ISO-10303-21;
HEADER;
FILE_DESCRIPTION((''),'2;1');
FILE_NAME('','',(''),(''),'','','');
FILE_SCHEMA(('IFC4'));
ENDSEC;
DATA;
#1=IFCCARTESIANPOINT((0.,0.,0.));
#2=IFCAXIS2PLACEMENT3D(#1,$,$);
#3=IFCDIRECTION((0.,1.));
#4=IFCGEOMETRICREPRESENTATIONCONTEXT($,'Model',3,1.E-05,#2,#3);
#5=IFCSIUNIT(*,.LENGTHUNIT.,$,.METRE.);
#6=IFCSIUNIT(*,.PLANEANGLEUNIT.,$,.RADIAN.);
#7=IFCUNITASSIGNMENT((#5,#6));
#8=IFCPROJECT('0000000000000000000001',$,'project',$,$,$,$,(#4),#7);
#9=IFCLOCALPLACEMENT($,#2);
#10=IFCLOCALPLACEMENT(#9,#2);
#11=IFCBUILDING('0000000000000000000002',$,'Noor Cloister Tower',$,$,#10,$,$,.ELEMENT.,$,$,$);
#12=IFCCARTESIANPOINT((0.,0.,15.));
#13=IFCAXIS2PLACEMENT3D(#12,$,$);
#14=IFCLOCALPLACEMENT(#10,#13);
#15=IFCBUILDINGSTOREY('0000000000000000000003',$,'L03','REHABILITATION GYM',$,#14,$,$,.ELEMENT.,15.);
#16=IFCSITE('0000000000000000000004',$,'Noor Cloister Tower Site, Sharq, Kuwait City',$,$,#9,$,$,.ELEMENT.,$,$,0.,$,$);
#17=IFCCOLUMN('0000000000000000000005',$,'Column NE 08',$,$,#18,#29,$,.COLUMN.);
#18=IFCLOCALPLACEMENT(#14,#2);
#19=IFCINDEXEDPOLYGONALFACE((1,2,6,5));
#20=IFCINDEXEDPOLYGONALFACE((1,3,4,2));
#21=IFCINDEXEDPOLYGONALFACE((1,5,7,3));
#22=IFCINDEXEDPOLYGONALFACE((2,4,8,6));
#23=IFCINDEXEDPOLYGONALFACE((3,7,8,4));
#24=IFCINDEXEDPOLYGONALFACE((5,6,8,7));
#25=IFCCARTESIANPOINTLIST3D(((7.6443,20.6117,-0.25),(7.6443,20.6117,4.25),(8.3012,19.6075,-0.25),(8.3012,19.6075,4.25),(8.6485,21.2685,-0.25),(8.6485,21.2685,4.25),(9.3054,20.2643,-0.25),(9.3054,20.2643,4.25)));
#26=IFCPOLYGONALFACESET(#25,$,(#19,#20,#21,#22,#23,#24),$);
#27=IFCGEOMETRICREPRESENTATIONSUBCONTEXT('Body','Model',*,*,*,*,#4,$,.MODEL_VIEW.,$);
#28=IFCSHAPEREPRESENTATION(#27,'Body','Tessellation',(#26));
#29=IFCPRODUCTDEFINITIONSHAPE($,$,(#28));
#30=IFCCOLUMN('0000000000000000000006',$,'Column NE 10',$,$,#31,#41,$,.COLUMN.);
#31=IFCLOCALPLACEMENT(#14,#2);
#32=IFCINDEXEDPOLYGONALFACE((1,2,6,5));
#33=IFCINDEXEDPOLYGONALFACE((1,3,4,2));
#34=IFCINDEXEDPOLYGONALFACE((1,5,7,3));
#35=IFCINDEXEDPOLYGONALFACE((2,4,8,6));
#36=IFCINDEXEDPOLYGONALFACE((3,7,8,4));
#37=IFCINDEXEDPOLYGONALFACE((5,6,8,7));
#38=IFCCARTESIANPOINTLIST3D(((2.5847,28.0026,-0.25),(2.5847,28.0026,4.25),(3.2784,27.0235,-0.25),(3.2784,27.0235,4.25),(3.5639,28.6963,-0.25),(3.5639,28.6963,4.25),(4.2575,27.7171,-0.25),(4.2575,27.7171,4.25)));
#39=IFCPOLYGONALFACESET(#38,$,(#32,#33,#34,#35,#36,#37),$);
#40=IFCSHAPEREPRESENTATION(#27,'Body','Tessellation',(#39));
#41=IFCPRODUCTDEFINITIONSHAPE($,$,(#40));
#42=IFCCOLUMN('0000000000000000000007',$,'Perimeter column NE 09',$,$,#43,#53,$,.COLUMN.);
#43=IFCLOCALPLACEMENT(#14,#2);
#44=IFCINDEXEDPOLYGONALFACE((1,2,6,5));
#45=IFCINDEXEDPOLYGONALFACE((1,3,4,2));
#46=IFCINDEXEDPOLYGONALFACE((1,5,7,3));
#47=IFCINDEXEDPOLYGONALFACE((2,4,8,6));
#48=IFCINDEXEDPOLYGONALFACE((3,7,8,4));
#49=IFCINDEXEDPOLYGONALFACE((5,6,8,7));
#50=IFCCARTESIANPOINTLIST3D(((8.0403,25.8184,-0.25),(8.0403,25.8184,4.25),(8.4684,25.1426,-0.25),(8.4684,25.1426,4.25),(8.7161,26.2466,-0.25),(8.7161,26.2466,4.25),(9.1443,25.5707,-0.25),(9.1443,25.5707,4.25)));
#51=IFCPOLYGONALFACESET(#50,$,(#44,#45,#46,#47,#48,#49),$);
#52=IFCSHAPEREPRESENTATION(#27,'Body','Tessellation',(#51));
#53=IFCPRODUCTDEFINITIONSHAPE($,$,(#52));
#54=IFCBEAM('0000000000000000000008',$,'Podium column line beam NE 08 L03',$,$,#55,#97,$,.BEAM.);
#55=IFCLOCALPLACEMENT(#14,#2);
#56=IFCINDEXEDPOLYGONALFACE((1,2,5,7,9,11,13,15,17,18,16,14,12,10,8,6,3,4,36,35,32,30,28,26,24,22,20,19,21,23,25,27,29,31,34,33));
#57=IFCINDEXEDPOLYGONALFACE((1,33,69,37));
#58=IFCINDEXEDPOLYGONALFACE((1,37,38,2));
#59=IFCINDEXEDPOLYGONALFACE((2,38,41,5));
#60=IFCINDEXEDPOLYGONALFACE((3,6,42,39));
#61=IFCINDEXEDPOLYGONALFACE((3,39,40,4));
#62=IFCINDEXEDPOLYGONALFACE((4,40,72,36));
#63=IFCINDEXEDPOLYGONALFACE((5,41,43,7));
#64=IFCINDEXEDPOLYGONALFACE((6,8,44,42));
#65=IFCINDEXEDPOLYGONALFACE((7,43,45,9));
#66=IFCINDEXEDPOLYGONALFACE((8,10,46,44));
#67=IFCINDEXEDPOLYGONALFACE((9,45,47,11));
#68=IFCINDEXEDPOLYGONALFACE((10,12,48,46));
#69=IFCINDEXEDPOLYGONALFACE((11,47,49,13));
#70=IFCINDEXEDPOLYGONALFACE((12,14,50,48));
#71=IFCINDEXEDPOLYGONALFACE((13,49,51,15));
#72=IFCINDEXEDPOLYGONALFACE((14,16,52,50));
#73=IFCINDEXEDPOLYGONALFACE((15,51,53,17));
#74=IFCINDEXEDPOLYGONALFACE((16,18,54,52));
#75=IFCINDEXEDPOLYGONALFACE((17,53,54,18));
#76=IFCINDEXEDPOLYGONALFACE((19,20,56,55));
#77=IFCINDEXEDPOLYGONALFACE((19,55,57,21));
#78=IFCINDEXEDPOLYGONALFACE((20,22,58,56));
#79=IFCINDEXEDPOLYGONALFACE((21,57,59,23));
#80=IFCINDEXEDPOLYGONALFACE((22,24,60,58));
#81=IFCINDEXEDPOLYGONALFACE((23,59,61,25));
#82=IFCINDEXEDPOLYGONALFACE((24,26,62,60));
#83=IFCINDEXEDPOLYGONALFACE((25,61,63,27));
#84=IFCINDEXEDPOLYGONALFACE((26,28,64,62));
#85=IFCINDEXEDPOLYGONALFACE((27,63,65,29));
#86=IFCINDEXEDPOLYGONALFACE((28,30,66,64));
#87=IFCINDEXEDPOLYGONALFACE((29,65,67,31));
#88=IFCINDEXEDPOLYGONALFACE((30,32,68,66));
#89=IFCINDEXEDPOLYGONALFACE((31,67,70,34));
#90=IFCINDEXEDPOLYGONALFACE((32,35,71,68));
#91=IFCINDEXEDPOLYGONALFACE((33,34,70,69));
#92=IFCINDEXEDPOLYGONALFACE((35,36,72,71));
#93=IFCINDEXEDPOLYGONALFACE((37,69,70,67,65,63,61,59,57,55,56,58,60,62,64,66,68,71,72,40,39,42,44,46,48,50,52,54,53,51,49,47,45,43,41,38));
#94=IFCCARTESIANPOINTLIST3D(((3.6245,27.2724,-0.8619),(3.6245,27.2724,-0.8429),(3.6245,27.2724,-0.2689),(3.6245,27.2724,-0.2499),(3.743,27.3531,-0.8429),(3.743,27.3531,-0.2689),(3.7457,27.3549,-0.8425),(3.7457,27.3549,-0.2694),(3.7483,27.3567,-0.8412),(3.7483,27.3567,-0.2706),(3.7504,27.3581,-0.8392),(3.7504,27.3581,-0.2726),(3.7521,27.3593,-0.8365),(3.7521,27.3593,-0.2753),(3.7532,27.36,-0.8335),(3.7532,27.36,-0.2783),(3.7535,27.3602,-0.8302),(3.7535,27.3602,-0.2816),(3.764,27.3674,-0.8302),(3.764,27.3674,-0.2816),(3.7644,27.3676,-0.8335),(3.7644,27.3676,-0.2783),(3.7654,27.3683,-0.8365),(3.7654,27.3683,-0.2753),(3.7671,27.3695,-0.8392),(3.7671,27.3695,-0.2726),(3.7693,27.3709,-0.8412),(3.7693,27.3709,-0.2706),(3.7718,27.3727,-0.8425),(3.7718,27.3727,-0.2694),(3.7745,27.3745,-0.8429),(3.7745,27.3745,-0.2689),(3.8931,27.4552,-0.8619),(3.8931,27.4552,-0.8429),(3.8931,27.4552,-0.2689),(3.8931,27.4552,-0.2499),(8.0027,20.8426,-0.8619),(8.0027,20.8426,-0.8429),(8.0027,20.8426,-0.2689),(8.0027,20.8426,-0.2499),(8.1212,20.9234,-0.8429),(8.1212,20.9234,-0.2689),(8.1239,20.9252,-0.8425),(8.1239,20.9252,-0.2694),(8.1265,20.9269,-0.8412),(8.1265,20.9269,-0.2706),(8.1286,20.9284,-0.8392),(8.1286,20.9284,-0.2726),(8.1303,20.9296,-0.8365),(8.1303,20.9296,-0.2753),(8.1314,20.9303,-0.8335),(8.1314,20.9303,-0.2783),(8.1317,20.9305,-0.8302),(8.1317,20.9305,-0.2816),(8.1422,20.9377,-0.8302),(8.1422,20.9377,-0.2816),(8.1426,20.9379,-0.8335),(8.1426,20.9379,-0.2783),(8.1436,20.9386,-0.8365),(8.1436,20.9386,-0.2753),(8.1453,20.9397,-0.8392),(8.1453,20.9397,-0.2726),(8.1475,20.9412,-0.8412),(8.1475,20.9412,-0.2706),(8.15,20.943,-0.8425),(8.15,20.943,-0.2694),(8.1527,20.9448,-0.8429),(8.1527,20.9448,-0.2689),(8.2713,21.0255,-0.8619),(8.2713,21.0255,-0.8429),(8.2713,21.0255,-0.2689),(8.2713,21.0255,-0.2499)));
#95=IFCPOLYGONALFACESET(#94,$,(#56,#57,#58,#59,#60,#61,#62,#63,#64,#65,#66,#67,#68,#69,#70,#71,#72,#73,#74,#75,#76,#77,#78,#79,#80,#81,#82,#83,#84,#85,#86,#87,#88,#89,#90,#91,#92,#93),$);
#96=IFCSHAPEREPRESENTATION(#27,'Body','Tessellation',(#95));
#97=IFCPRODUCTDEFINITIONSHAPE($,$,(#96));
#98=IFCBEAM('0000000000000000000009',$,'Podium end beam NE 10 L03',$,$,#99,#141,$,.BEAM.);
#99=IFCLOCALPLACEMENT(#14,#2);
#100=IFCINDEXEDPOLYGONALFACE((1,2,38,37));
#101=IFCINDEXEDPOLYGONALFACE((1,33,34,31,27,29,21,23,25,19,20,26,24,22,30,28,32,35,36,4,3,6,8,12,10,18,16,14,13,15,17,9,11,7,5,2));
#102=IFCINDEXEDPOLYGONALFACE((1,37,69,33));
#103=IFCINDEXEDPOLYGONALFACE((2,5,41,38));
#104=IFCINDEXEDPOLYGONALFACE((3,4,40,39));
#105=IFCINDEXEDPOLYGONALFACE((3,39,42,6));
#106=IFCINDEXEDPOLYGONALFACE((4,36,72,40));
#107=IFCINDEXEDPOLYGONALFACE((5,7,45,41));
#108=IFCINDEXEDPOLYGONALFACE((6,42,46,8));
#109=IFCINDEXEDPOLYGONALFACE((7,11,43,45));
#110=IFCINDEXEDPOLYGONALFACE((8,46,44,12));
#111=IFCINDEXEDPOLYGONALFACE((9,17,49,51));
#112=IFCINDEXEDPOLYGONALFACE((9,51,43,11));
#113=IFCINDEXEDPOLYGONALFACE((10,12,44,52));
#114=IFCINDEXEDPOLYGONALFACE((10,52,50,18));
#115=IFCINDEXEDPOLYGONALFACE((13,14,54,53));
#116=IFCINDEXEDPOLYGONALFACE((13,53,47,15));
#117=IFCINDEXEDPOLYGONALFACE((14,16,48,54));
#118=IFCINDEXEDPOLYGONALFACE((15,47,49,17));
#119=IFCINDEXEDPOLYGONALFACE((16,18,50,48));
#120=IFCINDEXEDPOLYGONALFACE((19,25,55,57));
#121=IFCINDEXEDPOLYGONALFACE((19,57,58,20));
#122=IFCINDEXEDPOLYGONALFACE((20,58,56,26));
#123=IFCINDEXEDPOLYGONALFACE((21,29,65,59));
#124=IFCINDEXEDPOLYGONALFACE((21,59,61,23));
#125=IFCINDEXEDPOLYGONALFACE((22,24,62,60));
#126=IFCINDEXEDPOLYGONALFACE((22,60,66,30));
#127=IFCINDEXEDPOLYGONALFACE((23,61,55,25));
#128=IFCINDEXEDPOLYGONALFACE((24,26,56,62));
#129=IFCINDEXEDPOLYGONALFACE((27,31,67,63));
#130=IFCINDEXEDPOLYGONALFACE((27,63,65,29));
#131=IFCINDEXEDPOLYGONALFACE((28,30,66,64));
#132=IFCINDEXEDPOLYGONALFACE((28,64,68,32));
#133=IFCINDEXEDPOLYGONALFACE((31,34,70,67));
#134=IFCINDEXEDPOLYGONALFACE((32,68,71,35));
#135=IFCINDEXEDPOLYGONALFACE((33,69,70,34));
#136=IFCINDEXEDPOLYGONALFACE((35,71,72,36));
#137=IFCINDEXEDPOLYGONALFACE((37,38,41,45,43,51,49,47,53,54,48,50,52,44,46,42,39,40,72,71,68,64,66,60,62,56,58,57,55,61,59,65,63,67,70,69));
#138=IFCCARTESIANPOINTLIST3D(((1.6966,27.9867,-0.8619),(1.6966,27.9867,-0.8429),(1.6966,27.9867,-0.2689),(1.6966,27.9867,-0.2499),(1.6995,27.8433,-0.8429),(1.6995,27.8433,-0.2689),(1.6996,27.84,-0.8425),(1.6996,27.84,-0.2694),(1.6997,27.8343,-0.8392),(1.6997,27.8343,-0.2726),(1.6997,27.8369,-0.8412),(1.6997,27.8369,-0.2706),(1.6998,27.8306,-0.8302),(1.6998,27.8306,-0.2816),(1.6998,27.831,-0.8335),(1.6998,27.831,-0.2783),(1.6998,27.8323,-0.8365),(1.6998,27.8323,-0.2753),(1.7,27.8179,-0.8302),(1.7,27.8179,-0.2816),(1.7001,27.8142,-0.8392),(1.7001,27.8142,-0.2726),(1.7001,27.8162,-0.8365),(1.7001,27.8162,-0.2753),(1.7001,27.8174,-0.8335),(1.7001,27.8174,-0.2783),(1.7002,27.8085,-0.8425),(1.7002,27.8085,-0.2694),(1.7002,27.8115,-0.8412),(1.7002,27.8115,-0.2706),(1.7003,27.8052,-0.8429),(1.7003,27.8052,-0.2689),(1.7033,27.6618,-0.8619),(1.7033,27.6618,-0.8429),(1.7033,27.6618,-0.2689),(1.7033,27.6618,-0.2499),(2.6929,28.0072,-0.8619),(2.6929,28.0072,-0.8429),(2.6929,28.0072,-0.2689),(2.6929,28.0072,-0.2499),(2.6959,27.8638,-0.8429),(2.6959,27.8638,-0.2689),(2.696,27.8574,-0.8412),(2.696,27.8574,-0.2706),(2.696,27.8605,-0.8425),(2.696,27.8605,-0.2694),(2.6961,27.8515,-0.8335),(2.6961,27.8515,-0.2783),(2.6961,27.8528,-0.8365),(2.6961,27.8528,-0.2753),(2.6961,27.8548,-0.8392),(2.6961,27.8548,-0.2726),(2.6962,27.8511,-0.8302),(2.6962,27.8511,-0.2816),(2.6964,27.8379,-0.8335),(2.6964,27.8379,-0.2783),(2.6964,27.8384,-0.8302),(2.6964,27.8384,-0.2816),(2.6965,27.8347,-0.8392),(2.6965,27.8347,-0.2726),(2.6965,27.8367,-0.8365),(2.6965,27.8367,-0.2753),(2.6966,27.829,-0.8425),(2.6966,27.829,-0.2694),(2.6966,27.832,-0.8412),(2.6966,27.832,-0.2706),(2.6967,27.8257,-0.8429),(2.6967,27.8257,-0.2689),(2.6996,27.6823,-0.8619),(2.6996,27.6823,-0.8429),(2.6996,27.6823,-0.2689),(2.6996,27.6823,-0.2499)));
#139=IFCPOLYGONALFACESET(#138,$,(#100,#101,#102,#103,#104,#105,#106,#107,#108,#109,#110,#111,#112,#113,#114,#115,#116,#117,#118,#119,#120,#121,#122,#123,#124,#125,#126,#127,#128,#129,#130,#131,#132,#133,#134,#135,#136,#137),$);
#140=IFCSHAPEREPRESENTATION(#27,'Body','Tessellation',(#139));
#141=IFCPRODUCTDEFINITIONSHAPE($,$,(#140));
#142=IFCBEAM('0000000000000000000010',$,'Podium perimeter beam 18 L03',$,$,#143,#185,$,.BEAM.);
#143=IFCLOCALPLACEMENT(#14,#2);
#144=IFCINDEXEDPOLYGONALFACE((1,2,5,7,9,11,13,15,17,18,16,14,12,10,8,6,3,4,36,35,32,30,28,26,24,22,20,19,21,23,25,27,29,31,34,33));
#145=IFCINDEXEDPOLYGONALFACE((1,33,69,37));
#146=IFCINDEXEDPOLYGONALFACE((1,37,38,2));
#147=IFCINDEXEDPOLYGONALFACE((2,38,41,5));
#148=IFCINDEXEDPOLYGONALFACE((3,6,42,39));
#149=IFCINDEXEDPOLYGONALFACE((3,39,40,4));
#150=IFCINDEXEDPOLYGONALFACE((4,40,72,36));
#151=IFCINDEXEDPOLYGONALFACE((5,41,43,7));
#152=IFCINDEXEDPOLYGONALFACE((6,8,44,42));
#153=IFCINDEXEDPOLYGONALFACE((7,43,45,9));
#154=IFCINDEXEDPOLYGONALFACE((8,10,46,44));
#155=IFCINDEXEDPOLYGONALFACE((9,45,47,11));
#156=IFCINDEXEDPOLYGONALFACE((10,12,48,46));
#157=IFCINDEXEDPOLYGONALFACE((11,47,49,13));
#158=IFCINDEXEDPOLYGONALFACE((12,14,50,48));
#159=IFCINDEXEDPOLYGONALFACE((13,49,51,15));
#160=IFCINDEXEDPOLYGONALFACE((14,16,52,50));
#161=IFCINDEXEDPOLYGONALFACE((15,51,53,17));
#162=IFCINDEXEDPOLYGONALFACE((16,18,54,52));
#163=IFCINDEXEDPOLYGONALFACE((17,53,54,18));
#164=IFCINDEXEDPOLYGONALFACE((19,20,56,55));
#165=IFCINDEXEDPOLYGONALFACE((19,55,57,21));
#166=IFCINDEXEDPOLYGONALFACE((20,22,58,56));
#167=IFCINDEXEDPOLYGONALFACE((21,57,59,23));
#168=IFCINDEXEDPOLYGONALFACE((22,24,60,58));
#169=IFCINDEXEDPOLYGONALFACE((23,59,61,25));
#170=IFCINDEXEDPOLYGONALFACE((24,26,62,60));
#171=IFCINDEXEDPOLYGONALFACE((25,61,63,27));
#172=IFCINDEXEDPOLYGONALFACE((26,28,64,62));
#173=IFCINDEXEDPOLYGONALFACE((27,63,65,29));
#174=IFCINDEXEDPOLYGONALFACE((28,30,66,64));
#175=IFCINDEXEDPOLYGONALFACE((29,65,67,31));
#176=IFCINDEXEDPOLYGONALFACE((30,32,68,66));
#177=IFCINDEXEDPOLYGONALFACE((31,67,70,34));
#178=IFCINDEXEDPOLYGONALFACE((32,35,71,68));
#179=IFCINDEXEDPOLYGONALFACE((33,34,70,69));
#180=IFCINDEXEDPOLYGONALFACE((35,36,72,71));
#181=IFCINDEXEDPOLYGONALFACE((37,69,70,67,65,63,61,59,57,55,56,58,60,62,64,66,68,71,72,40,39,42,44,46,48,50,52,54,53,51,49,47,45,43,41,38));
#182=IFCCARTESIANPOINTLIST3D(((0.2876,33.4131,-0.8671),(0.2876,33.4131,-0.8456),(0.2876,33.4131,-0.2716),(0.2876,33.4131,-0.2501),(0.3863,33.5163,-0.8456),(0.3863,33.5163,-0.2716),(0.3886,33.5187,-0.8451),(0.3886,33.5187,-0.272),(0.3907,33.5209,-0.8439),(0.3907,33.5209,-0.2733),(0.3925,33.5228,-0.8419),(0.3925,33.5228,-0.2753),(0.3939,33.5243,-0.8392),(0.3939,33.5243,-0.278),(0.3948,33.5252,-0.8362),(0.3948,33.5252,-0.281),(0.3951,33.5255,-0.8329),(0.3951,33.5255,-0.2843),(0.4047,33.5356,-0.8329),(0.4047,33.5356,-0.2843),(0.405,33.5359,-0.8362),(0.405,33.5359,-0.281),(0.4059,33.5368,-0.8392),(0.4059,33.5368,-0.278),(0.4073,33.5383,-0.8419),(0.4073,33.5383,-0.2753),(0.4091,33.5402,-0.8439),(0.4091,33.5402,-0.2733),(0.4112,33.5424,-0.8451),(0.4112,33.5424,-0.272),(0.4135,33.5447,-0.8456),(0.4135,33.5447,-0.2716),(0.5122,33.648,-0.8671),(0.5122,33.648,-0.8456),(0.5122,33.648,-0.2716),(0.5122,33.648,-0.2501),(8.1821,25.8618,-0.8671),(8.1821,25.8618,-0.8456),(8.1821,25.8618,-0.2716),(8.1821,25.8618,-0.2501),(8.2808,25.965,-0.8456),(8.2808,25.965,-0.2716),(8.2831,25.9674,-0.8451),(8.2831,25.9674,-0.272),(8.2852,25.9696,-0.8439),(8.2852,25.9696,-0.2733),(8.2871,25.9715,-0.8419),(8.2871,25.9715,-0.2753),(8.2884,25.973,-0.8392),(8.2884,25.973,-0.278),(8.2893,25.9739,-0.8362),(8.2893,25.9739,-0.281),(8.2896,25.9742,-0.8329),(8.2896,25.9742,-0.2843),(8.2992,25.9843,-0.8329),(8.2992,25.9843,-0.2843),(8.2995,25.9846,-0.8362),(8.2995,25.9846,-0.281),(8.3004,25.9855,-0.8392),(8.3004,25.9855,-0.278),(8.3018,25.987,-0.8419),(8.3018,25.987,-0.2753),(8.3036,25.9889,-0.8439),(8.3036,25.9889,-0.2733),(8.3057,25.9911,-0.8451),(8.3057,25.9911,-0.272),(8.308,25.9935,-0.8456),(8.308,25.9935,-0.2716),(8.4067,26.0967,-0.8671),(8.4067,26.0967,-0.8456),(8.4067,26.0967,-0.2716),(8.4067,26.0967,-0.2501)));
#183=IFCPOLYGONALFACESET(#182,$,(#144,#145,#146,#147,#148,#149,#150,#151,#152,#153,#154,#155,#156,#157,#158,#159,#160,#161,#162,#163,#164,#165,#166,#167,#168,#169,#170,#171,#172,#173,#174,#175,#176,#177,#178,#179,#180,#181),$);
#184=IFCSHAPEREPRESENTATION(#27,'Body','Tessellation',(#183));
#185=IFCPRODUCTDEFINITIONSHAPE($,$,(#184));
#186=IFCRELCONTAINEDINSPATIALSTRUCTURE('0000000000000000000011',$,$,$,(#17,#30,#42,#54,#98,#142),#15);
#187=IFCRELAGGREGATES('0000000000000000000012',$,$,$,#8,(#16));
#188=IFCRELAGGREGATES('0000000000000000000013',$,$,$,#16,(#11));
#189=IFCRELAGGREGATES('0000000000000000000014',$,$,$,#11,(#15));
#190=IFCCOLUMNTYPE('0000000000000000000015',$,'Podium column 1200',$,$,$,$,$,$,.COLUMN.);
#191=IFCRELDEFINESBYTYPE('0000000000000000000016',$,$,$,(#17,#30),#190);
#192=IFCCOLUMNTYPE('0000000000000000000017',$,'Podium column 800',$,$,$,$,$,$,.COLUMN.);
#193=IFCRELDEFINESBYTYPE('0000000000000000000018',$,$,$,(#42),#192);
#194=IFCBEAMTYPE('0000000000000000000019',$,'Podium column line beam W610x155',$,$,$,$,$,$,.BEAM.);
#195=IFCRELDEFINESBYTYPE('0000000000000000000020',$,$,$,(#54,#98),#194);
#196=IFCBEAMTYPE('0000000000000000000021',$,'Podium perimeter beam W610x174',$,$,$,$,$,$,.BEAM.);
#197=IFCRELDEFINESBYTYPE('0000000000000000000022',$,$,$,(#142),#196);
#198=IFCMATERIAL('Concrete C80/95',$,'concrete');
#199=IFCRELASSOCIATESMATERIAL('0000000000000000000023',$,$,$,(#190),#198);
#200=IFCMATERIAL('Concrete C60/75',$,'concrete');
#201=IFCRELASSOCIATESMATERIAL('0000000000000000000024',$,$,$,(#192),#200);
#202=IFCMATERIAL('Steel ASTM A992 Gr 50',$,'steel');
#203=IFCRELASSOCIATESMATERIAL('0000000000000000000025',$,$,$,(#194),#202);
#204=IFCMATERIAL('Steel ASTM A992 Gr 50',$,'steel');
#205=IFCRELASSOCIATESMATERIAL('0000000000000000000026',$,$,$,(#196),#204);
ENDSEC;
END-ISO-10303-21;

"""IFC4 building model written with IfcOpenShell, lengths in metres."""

from ifc_helpers import new_model, si_unit, direction, frame, origin, origin_2d, place, context, subcontext, project, spatial, rectangle, i_section, extrude, material, material_profile, profile_set, type_object, element, save


model = new_model("IFC4")

# Units and contexts
model_context = context("Model", 3, precision=1e-05, world=origin(), true_north=direction((0.0, 1.0)))
body_context = subcontext(model_context, "Body", "Model", "MODEL_VIEW")
ifc_project = project(units=[si_unit("LENGTHUNIT", "METRE"), si_unit("PLANEANGLEUNIT", "RADIAN")], contexts=[model_context])

# Site, building, storey
site_placement = place(None, origin())
site = spatial("IfcSite", under=ifc_project, at=site_placement, Name="Noor Cloister Tower Site, Sharq, Kuwait City", CompositionType="ELEMENT", RefElevation=0.0)
building_placement = place(site_placement, origin())
building = spatial("IfcBuilding", under=site, at=building_placement, Name="Noor Cloister Tower", CompositionType="ELEMENT")
storey_placement = place(building_placement, frame((0.0, 0.0, 15.0)))
storey = spatial("IfcBuildingStorey", under=building, at=storey_placement, Name="L03", Description="REHABILITATION GYM", CompositionType="ELEMENT", Elevation=15.0)

# Columns
ifc_material_1 = material(Name="Concrete C80/95", Category="concrete")
ifc_material_profile_1 = material_profile(ifc_material_1, rectangle(XDim=1.2, YDim=1.2, at=origin_2d()), Name="Podium column 1200")
ifc_profile_set_1 = profile_set([ifc_material_profile_1], Name="Concrete C80/95")
column_type_1 = type_object("IfcColumnType", Name="Podium column 1200", PredefinedType="COLUMN", material=ifc_profile_set_1)
for number, where, z_axis, x_axis, name in (
    (1, (8.4749, 20.438, -0.25), (0.0, 0.0, 1.0), (0.836868, 0.547405, 0.0), "Column NE 08"),
    (2, (3.4211, 27.8599, -0.25), (0.0, 0.0, 1.0), (0.815983, 0.578076, 0.0), "Column NE 10"),
):
    element("IfcColumn", number, at=place(storey_placement, frame(where, z_axis=z_axis, x_axis=x_axis)), inside=storey, type_object=column_type_1, Name=name, PredefinedType="COLUMN", context=body_context, shape_type="SweptSolid", body=[
        extrude(rectangle(XDim=1.2, YDim=1.2, at=origin_2d()), origin(), (0.0, 0.0, 1.0), 4.5),
    ])
ifc_material_2 = material(Name="Concrete C60/75", Category="concrete")
ifc_material_profile_2 = material_profile(ifc_material_2, rectangle(XDim=0.8, YDim=0.8, at=origin_2d()), Name="Podium column 800")
ifc_profile_set_2 = profile_set([ifc_material_profile_2], Name="Concrete C60/75")
column_type_2 = type_object("IfcColumnType", Name="Podium column 800", PredefinedType="COLUMN", material=ifc_profile_set_2)
column_placement = place(storey_placement, frame((8.5923, 25.6946, -0.25), z_axis=(0.0, 0.0, 1.0), x_axis=(0.844762, 0.535142, 0.0)))
element("IfcColumn", 3, at=column_placement, inside=storey, type_object=column_type_2, Name="Perimeter column NE 09", PredefinedType="COLUMN", context=body_context, shape_type="SweptSolid", body=[
    extrude(rectangle(XDim=0.8, YDim=0.8, at=origin_2d()), origin(), (0.0, 0.0, 1.0), 4.5),
])

# Beams
ifc_material_3 = material(Name="Steel ASTM A992 Gr 50", Category="steel")
ifc_material_profile_3 = material_profile(ifc_material_3, i_section(OverallWidth=0.325, OverallDepth=0.6121, WebThickness=0.0127, FlangeThickness=0.019, FilletRadius=0.0127, at=origin_2d()), Name="W610x155")
ifc_profile_set_3 = profile_set([ifc_material_profile_3], Name="Steel ASTM A992 Gr 50")
beam_type_1 = type_object("IfcBeamType", Name="Podium column line beam W610x155", PredefinedType="BEAM", material=ifc_profile_set_3)
beam_1_placement = place(storey_placement, frame((8.137, 20.9341, -0.5559), z_axis=(-0.562836, 0.826568, 0.0), x_axis=(-0.826568, -0.562836, 0.0)))
element("IfcBeam", 4, at=beam_1_placement, inside=storey, type_object=beam_type_1, Name="Podium column line beam NE 08 L03", PredefinedType="BEAM", context=body_context, shape_type="SweptSolid", body=[
    extrude(i_section(OverallWidth=0.325, OverallDepth=0.6121, WebThickness=0.0127, FlangeThickness=0.019, FilletRadius=0.0127, at=origin_2d()), origin(), (0.0, 0.0, 1.0), 7.7788),
])
beam_2_placement = place(storey_placement, frame((2.6963, 27.8447, -0.5559), z_axis=(-0.999788, -0.020579, 0.0), x_axis=(0.020579, -0.999788, 0.0)))
element("IfcBeam", 5, at=beam_2_placement, inside=storey, type_object=beam_type_1, Name="Podium end beam NE 10 L03", PredefinedType="BEAM", context=body_context, shape_type="SweptSolid", body=[
    extrude(i_section(OverallWidth=0.325, OverallDepth=0.6121, WebThickness=0.0127, FlangeThickness=0.019, FilletRadius=0.0127, at=origin_2d()), origin(), (0.0, 0.0, 1.0), 0.9966),
])
ifc_material_4 = material(Name="Steel ASTM A992 Gr 50", Category="steel")
ifc_material_profile_4 = material_profile(ifc_material_4, i_section(OverallWidth=0.325, OverallDepth=0.6169, WebThickness=0.0139, FlangeThickness=0.0215, FilletRadius=0.0127, at=origin_2d()), Name="W610x174")
ifc_profile_set_4 = profile_set([ifc_material_profile_4], Name="Steel ASTM A992 Gr 50")
beam_type_2 = type_object("IfcBeamType", Name="Podium perimeter beam W610x174", PredefinedType="BEAM", material=ifc_profile_set_4)
beam_3_placement = place(storey_placement, frame((8.2944, 25.9792, -0.5586), z_axis=(-0.722643, 0.691222, 0.0), x_axis=(-0.691222, -0.722643, 0.0)))
element("IfcBeam", 6, at=beam_3_placement, inside=storey, type_object=beam_type_2, Name="Podium perimeter beam 18 L03", PredefinedType="BEAM", context=body_context, shape_type="SweptSolid", body=[
    extrude(i_section(OverallWidth=0.325, OverallDepth=0.6169, WebThickness=0.0139, FlangeThickness=0.0215, FilletRadius=0.0127, at=origin_2d()), origin(), (0.0, 0.0, 1.0), 10.9246),
])

save(model, "model.ifc")
